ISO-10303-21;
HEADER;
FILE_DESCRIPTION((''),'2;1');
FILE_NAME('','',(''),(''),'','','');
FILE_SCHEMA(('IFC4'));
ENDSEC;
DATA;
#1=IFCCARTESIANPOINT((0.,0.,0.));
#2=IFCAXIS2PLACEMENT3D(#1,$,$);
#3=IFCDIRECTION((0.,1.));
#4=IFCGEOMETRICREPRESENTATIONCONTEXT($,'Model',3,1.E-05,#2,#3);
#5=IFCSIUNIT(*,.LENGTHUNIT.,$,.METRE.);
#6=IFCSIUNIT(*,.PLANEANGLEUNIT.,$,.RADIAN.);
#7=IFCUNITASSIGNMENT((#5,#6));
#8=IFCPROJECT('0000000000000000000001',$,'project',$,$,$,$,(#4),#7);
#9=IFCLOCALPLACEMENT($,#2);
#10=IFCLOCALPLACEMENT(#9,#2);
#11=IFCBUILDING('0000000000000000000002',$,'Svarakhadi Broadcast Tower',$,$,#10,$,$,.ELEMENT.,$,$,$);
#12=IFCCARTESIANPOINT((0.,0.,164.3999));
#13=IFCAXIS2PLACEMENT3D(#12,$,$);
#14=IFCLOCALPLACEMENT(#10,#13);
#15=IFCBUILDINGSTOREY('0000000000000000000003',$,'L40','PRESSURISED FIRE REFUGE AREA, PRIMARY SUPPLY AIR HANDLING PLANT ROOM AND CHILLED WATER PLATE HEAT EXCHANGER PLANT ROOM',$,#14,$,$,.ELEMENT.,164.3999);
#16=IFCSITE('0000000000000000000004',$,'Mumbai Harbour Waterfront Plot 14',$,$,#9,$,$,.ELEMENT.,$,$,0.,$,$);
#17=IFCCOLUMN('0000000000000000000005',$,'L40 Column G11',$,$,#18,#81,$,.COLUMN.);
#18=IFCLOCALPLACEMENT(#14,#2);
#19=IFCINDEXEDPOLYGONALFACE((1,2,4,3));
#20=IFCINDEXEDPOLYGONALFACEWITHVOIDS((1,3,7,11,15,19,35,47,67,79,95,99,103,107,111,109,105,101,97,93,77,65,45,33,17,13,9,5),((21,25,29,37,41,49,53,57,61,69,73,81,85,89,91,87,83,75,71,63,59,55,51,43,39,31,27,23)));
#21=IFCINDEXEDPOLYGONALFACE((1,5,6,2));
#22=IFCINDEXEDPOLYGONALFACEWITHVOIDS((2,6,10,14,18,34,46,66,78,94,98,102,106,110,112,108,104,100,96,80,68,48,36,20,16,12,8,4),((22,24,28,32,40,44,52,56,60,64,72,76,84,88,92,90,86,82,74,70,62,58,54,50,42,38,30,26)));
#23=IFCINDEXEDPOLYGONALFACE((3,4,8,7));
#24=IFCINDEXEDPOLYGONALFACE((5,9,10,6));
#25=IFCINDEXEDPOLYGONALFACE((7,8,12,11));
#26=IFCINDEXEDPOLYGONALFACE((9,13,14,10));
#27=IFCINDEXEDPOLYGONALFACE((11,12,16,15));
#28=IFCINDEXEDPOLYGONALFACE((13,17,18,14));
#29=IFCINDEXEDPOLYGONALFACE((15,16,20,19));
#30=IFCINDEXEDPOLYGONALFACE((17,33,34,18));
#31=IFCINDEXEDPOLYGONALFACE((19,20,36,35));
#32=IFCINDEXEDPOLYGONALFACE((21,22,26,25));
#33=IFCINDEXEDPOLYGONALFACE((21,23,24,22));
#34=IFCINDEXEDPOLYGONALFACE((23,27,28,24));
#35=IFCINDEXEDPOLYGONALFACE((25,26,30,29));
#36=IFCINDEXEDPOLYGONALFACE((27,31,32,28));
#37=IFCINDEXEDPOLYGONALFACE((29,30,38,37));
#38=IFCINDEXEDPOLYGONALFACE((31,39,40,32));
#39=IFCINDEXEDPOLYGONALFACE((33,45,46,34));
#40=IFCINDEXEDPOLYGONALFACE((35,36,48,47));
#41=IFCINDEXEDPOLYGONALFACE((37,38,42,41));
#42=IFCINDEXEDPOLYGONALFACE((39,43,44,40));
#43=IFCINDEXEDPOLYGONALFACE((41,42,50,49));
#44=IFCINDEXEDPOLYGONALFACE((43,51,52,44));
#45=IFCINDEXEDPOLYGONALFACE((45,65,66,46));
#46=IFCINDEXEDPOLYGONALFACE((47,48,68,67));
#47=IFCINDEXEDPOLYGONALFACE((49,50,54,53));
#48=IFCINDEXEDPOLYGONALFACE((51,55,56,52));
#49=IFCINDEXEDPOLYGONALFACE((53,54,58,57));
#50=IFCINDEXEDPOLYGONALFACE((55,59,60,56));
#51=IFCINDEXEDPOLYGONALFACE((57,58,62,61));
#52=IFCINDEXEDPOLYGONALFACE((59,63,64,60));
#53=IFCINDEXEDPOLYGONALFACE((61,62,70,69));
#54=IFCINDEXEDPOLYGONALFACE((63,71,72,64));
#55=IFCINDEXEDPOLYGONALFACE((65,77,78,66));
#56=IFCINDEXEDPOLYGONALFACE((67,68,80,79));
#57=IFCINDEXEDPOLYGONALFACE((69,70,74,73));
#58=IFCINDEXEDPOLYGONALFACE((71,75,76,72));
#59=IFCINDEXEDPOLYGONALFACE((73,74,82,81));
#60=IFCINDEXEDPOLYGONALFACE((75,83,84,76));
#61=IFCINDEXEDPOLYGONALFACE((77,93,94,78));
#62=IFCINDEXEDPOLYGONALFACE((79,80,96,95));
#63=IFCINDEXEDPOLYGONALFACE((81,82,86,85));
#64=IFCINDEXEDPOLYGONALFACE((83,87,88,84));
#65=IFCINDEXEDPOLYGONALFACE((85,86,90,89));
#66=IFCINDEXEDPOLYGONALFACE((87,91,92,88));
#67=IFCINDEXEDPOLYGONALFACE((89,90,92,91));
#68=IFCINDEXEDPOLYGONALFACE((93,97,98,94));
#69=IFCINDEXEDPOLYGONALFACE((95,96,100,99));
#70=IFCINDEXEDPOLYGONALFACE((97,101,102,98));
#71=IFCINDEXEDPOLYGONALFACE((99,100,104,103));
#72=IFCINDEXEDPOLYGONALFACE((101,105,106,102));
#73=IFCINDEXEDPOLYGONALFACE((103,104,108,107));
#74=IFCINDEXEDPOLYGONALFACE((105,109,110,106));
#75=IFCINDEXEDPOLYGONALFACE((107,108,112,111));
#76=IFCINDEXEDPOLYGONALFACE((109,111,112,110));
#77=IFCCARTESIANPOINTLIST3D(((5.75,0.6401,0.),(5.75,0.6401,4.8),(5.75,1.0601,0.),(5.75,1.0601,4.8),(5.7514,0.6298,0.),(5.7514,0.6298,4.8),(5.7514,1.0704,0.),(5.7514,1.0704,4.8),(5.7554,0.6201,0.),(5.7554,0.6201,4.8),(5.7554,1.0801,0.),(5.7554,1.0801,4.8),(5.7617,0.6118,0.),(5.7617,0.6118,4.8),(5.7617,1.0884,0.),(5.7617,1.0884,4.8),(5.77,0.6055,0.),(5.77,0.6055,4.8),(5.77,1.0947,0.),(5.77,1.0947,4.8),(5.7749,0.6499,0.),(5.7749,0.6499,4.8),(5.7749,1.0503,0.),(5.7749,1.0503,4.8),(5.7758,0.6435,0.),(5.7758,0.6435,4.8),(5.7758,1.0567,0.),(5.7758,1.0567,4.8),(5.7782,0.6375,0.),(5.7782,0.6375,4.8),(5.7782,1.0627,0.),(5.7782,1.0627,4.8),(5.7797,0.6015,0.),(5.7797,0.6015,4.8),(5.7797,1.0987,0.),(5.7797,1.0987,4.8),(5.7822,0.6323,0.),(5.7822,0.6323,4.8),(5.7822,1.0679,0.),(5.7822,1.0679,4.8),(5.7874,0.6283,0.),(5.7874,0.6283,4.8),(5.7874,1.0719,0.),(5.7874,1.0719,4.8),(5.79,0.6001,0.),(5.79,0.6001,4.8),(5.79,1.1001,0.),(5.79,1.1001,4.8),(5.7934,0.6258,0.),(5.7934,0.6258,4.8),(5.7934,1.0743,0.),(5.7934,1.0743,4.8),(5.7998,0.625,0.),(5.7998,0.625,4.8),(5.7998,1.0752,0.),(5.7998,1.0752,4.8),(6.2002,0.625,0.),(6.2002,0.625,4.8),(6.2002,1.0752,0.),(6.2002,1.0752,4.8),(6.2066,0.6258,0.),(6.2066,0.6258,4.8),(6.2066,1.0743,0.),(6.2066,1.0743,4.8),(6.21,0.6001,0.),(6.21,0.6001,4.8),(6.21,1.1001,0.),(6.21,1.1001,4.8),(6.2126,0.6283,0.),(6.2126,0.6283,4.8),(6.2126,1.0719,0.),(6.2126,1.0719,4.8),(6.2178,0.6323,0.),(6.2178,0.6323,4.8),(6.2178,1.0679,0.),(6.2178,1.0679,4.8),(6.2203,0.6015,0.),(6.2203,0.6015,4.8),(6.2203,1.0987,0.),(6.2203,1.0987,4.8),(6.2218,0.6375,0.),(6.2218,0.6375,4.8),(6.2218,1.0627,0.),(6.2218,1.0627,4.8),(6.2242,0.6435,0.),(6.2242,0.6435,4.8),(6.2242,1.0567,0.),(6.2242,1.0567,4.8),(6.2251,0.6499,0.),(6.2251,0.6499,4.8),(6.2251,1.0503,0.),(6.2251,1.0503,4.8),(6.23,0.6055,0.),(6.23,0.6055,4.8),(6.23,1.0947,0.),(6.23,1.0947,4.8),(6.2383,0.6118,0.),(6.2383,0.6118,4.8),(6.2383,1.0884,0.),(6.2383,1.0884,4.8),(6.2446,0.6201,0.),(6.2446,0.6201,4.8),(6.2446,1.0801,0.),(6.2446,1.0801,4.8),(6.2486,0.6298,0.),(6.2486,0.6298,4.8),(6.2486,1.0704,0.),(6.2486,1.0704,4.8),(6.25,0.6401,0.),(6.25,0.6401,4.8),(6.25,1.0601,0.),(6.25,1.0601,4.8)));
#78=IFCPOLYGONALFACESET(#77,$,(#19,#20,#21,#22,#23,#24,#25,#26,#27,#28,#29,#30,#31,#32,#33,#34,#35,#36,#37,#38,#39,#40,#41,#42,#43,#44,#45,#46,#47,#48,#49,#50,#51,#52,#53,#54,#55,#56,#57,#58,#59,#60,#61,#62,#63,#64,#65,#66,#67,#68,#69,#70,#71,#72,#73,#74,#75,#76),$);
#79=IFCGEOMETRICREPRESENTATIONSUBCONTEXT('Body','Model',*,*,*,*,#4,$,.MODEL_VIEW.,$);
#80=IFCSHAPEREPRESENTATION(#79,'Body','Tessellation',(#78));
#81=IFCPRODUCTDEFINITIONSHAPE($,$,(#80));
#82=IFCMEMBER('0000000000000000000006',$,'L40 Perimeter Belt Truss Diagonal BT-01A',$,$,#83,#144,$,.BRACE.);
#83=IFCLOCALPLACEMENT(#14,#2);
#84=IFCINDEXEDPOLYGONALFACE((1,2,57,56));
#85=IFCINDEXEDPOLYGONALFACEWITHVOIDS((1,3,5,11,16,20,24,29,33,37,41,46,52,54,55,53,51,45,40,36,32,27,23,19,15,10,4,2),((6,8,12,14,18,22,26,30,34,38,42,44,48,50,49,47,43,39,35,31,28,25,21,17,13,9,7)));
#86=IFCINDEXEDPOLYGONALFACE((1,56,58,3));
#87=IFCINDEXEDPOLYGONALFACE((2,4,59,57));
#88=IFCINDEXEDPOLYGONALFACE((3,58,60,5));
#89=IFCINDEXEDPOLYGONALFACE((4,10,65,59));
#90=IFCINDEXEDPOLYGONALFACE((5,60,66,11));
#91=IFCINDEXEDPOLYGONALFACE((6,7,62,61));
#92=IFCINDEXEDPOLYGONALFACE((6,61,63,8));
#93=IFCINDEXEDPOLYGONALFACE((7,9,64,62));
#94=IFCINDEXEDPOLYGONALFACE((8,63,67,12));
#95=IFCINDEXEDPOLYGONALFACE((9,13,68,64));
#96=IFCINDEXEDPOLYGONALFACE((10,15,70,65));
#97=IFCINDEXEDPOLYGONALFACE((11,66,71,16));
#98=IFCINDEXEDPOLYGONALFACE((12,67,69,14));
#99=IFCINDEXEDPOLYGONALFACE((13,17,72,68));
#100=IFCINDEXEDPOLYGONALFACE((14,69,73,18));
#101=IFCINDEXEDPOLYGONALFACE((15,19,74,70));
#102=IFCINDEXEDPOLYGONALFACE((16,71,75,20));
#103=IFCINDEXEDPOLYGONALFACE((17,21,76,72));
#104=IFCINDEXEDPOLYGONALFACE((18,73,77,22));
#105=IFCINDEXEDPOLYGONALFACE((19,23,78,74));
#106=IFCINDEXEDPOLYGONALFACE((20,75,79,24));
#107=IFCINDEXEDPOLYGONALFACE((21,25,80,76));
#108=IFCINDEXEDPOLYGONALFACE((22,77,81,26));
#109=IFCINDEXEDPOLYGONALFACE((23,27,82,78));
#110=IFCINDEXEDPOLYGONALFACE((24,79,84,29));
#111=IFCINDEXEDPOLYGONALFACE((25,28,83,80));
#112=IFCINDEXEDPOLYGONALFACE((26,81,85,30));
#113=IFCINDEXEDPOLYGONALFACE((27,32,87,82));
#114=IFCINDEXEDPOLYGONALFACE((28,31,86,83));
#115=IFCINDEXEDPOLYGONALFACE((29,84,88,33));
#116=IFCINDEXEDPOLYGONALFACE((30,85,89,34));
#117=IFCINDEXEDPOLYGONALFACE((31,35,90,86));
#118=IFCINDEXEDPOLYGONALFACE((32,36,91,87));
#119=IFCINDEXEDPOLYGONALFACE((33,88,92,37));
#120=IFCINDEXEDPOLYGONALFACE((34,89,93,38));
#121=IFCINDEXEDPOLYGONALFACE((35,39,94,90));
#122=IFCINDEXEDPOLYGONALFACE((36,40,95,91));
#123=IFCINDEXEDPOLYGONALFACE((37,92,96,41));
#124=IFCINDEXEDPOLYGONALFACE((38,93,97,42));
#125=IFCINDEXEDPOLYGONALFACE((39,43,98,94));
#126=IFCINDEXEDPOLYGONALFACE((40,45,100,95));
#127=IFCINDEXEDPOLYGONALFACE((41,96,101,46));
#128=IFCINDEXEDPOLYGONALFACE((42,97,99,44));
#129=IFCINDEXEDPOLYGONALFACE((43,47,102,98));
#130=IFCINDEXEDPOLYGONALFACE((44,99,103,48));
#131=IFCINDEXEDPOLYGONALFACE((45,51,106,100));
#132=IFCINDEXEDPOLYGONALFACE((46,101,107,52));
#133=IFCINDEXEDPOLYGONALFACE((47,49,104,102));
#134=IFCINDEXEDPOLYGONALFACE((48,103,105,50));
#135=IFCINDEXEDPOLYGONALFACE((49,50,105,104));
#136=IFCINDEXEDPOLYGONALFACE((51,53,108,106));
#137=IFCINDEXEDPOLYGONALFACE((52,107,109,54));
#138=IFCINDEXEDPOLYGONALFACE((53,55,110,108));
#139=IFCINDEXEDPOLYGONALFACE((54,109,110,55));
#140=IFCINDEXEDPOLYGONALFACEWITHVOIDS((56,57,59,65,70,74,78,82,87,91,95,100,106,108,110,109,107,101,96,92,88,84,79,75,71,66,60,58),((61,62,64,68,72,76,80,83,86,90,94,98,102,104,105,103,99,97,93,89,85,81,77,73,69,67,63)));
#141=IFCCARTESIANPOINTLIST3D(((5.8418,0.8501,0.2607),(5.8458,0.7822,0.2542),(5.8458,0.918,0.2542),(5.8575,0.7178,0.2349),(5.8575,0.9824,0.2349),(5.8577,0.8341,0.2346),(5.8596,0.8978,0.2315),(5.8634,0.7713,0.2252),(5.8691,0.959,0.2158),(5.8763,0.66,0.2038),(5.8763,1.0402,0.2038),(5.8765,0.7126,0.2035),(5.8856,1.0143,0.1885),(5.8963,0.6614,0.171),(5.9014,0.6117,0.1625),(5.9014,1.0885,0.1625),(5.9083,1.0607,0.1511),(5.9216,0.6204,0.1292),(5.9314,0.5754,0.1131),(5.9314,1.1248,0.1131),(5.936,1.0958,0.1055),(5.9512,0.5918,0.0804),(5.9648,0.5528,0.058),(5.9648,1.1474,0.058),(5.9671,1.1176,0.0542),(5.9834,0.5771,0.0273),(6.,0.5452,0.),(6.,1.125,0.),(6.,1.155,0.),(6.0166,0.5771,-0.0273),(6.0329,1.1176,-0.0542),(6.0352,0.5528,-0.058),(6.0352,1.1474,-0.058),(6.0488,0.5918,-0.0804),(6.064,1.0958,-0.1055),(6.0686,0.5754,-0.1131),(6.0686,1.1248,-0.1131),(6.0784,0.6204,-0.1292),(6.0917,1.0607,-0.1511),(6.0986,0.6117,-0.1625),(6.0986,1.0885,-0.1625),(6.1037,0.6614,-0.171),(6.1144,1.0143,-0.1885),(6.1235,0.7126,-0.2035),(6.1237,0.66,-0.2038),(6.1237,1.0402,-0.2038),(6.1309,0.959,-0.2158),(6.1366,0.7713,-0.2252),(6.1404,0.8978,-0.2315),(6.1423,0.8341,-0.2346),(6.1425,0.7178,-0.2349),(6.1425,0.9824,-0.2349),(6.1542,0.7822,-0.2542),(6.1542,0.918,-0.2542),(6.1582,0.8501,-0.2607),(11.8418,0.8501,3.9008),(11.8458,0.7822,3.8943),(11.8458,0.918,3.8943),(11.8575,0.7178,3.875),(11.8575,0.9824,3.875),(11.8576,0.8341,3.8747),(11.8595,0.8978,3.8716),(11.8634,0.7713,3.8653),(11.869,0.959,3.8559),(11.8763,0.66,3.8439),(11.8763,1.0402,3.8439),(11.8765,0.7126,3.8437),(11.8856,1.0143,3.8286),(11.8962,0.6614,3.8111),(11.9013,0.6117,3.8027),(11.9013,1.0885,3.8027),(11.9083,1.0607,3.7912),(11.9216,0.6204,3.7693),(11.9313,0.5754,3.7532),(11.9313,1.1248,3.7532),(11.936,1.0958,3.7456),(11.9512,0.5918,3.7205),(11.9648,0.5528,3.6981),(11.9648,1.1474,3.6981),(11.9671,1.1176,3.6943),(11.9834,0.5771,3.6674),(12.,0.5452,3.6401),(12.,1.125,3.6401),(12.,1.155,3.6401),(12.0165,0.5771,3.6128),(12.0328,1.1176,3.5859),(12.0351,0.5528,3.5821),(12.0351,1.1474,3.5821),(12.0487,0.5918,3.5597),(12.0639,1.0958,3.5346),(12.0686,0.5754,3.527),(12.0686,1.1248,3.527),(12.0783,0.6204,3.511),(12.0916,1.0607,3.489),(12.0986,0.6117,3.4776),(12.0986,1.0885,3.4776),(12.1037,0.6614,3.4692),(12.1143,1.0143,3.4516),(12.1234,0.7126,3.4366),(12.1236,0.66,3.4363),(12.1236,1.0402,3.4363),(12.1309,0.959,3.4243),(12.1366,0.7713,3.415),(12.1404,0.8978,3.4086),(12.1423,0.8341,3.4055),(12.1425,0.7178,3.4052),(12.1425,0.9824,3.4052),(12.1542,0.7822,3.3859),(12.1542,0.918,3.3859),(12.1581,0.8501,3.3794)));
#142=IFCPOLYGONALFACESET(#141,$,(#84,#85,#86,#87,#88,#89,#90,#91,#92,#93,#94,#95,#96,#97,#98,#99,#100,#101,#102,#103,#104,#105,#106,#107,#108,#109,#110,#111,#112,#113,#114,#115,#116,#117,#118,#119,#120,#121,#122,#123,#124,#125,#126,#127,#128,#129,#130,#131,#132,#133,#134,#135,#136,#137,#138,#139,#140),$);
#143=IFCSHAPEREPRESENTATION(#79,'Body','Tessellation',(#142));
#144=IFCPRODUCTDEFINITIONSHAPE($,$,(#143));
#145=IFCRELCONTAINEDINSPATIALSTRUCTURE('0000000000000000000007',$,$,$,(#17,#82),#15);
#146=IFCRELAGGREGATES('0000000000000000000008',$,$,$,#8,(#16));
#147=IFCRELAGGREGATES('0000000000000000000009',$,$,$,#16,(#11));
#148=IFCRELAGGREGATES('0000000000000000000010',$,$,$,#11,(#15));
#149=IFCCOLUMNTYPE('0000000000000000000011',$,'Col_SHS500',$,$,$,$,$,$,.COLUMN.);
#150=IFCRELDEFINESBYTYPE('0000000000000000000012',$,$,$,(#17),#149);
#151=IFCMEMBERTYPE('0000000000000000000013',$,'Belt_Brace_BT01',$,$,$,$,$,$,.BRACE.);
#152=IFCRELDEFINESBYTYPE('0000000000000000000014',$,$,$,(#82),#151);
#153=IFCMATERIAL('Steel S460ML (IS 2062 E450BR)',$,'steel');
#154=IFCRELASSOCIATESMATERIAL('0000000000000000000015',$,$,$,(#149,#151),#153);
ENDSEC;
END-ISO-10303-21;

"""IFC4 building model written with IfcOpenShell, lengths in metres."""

from ifc_helpers import new_model, si_unit, direction, frame, origin, origin_2d, place, context, subcontext, project, spatial, hollow_rectangle, hollow_circle, extrude, material, material_profile, profile_set, type_object, element, save


model = new_model("IFC4")

# Units and contexts
model_context = context("Model", 3, precision=1e-05, world=origin(), true_north=direction((0.0, 1.0)))
body_context = subcontext(model_context, "Body", "Model", "MODEL_VIEW")
ifc_project = project(units=[si_unit("LENGTHUNIT", "METRE"), si_unit("PLANEANGLEUNIT", "RADIAN")], contexts=[model_context])

# Site, building, storey
site_placement = place(None, origin())
site = spatial("IfcSite", under=ifc_project, at=site_placement, Name="Mumbai Harbour Waterfront Plot 14", CompositionType="ELEMENT", RefElevation=0.0)
building_placement = place(site_placement, origin())
building = spatial("IfcBuilding", under=site, at=building_placement, Name="Svarakhadi Broadcast Tower", CompositionType="ELEMENT")
storey_placement = place(building_placement, frame((0.0, 0.0, 164.3999)))
storey = spatial("IfcBuildingStorey", under=building, at=storey_placement, Name="L40", Description="PRESSURISED FIRE REFUGE AREA, PRIMARY SUPPLY AIR HANDLING PLANT ROOM AND CHILLED WATER PLATE HEAT EXCHANGER PLANT ROOM", CompositionType="ELEMENT", Elevation=164.3999)

# Column
ifc_material_1 = material(Name="Steel S460ML (IS 2062 E450BR)", Category="steel")
ifc_material_profile_1 = material_profile(ifc_material_1, hollow_rectangle(XDim=0.5, YDim=0.5, WallThickness=0.0249, InnerFilletRadius=0.0249, OuterFilletRadius=0.04, at=origin_2d()), Name="SHS 500x500x25")
ifc_profile_set_1 = profile_set([ifc_material_profile_1], Name="Steel S460ML (IS 2062 E450BR)")
column_type_1 = type_object("IfcColumnType", Name="Col_SHS500", PredefinedType="COLUMN", material=ifc_profile_set_1)
for number, where, z_axis, x_axis, name in (
    (1, (6.0, 0.8501, 0.0), (0.0, 0.0, 1.0), (1.0, 0.0, 0.0), "L40 Column G11"),
):
    element("IfcColumn", number, at=place(storey_placement, frame(where, z_axis=z_axis, x_axis=x_axis)), inside=storey, type_object=column_type_1, Name=name, PredefinedType="COLUMN", context=body_context, shape_type="SweptSolid", body=[
        extrude(hollow_rectangle(XDim=0.5, YDim=0.5, WallThickness=0.0249, InnerFilletRadius=0.0249, OuterFilletRadius=0.04, at=origin_2d()), origin(), (0.0, 0.0, 1.0), 4.8),
    ])

# Member
ifc_material_profile_2 = material_profile(ifc_material_1, hollow_circle(Radius=0.3049, WallThickness=0.03, at=origin_2d()), Name="CHS 610x30")
ifc_profile_set_2 = profile_set([ifc_material_profile_2], Name="Steel S460ML (IS 2062 E450BR)")
member_type_1 = type_object("IfcMemberType", Name="Belt_Brace_BT01", PredefinedType="BRACE", material=ifc_profile_set_2)
for number, where, z_axis, x_axis, name in (
    (2, (6.0, 0.8501, 0.0), (0.854959, 0.0, 0.518695), (0.0, 1.0, 0.0), "L40 Perimeter Belt Truss Diagonal BT-01A"),
):
    element("IfcMember", number, at=place(storey_placement, frame(where, z_axis=z_axis, x_axis=x_axis)), inside=storey, type_object=member_type_1, Name=name, PredefinedType="BRACE", context=body_context, shape_type="SweptSolid", body=[
        extrude(hollow_circle(Radius=0.3049, WallThickness=0.03, at=origin_2d()), origin(), (0.0, 0.0, 1.0), 7.0178),
    ])

save(model, "model.ifc")
